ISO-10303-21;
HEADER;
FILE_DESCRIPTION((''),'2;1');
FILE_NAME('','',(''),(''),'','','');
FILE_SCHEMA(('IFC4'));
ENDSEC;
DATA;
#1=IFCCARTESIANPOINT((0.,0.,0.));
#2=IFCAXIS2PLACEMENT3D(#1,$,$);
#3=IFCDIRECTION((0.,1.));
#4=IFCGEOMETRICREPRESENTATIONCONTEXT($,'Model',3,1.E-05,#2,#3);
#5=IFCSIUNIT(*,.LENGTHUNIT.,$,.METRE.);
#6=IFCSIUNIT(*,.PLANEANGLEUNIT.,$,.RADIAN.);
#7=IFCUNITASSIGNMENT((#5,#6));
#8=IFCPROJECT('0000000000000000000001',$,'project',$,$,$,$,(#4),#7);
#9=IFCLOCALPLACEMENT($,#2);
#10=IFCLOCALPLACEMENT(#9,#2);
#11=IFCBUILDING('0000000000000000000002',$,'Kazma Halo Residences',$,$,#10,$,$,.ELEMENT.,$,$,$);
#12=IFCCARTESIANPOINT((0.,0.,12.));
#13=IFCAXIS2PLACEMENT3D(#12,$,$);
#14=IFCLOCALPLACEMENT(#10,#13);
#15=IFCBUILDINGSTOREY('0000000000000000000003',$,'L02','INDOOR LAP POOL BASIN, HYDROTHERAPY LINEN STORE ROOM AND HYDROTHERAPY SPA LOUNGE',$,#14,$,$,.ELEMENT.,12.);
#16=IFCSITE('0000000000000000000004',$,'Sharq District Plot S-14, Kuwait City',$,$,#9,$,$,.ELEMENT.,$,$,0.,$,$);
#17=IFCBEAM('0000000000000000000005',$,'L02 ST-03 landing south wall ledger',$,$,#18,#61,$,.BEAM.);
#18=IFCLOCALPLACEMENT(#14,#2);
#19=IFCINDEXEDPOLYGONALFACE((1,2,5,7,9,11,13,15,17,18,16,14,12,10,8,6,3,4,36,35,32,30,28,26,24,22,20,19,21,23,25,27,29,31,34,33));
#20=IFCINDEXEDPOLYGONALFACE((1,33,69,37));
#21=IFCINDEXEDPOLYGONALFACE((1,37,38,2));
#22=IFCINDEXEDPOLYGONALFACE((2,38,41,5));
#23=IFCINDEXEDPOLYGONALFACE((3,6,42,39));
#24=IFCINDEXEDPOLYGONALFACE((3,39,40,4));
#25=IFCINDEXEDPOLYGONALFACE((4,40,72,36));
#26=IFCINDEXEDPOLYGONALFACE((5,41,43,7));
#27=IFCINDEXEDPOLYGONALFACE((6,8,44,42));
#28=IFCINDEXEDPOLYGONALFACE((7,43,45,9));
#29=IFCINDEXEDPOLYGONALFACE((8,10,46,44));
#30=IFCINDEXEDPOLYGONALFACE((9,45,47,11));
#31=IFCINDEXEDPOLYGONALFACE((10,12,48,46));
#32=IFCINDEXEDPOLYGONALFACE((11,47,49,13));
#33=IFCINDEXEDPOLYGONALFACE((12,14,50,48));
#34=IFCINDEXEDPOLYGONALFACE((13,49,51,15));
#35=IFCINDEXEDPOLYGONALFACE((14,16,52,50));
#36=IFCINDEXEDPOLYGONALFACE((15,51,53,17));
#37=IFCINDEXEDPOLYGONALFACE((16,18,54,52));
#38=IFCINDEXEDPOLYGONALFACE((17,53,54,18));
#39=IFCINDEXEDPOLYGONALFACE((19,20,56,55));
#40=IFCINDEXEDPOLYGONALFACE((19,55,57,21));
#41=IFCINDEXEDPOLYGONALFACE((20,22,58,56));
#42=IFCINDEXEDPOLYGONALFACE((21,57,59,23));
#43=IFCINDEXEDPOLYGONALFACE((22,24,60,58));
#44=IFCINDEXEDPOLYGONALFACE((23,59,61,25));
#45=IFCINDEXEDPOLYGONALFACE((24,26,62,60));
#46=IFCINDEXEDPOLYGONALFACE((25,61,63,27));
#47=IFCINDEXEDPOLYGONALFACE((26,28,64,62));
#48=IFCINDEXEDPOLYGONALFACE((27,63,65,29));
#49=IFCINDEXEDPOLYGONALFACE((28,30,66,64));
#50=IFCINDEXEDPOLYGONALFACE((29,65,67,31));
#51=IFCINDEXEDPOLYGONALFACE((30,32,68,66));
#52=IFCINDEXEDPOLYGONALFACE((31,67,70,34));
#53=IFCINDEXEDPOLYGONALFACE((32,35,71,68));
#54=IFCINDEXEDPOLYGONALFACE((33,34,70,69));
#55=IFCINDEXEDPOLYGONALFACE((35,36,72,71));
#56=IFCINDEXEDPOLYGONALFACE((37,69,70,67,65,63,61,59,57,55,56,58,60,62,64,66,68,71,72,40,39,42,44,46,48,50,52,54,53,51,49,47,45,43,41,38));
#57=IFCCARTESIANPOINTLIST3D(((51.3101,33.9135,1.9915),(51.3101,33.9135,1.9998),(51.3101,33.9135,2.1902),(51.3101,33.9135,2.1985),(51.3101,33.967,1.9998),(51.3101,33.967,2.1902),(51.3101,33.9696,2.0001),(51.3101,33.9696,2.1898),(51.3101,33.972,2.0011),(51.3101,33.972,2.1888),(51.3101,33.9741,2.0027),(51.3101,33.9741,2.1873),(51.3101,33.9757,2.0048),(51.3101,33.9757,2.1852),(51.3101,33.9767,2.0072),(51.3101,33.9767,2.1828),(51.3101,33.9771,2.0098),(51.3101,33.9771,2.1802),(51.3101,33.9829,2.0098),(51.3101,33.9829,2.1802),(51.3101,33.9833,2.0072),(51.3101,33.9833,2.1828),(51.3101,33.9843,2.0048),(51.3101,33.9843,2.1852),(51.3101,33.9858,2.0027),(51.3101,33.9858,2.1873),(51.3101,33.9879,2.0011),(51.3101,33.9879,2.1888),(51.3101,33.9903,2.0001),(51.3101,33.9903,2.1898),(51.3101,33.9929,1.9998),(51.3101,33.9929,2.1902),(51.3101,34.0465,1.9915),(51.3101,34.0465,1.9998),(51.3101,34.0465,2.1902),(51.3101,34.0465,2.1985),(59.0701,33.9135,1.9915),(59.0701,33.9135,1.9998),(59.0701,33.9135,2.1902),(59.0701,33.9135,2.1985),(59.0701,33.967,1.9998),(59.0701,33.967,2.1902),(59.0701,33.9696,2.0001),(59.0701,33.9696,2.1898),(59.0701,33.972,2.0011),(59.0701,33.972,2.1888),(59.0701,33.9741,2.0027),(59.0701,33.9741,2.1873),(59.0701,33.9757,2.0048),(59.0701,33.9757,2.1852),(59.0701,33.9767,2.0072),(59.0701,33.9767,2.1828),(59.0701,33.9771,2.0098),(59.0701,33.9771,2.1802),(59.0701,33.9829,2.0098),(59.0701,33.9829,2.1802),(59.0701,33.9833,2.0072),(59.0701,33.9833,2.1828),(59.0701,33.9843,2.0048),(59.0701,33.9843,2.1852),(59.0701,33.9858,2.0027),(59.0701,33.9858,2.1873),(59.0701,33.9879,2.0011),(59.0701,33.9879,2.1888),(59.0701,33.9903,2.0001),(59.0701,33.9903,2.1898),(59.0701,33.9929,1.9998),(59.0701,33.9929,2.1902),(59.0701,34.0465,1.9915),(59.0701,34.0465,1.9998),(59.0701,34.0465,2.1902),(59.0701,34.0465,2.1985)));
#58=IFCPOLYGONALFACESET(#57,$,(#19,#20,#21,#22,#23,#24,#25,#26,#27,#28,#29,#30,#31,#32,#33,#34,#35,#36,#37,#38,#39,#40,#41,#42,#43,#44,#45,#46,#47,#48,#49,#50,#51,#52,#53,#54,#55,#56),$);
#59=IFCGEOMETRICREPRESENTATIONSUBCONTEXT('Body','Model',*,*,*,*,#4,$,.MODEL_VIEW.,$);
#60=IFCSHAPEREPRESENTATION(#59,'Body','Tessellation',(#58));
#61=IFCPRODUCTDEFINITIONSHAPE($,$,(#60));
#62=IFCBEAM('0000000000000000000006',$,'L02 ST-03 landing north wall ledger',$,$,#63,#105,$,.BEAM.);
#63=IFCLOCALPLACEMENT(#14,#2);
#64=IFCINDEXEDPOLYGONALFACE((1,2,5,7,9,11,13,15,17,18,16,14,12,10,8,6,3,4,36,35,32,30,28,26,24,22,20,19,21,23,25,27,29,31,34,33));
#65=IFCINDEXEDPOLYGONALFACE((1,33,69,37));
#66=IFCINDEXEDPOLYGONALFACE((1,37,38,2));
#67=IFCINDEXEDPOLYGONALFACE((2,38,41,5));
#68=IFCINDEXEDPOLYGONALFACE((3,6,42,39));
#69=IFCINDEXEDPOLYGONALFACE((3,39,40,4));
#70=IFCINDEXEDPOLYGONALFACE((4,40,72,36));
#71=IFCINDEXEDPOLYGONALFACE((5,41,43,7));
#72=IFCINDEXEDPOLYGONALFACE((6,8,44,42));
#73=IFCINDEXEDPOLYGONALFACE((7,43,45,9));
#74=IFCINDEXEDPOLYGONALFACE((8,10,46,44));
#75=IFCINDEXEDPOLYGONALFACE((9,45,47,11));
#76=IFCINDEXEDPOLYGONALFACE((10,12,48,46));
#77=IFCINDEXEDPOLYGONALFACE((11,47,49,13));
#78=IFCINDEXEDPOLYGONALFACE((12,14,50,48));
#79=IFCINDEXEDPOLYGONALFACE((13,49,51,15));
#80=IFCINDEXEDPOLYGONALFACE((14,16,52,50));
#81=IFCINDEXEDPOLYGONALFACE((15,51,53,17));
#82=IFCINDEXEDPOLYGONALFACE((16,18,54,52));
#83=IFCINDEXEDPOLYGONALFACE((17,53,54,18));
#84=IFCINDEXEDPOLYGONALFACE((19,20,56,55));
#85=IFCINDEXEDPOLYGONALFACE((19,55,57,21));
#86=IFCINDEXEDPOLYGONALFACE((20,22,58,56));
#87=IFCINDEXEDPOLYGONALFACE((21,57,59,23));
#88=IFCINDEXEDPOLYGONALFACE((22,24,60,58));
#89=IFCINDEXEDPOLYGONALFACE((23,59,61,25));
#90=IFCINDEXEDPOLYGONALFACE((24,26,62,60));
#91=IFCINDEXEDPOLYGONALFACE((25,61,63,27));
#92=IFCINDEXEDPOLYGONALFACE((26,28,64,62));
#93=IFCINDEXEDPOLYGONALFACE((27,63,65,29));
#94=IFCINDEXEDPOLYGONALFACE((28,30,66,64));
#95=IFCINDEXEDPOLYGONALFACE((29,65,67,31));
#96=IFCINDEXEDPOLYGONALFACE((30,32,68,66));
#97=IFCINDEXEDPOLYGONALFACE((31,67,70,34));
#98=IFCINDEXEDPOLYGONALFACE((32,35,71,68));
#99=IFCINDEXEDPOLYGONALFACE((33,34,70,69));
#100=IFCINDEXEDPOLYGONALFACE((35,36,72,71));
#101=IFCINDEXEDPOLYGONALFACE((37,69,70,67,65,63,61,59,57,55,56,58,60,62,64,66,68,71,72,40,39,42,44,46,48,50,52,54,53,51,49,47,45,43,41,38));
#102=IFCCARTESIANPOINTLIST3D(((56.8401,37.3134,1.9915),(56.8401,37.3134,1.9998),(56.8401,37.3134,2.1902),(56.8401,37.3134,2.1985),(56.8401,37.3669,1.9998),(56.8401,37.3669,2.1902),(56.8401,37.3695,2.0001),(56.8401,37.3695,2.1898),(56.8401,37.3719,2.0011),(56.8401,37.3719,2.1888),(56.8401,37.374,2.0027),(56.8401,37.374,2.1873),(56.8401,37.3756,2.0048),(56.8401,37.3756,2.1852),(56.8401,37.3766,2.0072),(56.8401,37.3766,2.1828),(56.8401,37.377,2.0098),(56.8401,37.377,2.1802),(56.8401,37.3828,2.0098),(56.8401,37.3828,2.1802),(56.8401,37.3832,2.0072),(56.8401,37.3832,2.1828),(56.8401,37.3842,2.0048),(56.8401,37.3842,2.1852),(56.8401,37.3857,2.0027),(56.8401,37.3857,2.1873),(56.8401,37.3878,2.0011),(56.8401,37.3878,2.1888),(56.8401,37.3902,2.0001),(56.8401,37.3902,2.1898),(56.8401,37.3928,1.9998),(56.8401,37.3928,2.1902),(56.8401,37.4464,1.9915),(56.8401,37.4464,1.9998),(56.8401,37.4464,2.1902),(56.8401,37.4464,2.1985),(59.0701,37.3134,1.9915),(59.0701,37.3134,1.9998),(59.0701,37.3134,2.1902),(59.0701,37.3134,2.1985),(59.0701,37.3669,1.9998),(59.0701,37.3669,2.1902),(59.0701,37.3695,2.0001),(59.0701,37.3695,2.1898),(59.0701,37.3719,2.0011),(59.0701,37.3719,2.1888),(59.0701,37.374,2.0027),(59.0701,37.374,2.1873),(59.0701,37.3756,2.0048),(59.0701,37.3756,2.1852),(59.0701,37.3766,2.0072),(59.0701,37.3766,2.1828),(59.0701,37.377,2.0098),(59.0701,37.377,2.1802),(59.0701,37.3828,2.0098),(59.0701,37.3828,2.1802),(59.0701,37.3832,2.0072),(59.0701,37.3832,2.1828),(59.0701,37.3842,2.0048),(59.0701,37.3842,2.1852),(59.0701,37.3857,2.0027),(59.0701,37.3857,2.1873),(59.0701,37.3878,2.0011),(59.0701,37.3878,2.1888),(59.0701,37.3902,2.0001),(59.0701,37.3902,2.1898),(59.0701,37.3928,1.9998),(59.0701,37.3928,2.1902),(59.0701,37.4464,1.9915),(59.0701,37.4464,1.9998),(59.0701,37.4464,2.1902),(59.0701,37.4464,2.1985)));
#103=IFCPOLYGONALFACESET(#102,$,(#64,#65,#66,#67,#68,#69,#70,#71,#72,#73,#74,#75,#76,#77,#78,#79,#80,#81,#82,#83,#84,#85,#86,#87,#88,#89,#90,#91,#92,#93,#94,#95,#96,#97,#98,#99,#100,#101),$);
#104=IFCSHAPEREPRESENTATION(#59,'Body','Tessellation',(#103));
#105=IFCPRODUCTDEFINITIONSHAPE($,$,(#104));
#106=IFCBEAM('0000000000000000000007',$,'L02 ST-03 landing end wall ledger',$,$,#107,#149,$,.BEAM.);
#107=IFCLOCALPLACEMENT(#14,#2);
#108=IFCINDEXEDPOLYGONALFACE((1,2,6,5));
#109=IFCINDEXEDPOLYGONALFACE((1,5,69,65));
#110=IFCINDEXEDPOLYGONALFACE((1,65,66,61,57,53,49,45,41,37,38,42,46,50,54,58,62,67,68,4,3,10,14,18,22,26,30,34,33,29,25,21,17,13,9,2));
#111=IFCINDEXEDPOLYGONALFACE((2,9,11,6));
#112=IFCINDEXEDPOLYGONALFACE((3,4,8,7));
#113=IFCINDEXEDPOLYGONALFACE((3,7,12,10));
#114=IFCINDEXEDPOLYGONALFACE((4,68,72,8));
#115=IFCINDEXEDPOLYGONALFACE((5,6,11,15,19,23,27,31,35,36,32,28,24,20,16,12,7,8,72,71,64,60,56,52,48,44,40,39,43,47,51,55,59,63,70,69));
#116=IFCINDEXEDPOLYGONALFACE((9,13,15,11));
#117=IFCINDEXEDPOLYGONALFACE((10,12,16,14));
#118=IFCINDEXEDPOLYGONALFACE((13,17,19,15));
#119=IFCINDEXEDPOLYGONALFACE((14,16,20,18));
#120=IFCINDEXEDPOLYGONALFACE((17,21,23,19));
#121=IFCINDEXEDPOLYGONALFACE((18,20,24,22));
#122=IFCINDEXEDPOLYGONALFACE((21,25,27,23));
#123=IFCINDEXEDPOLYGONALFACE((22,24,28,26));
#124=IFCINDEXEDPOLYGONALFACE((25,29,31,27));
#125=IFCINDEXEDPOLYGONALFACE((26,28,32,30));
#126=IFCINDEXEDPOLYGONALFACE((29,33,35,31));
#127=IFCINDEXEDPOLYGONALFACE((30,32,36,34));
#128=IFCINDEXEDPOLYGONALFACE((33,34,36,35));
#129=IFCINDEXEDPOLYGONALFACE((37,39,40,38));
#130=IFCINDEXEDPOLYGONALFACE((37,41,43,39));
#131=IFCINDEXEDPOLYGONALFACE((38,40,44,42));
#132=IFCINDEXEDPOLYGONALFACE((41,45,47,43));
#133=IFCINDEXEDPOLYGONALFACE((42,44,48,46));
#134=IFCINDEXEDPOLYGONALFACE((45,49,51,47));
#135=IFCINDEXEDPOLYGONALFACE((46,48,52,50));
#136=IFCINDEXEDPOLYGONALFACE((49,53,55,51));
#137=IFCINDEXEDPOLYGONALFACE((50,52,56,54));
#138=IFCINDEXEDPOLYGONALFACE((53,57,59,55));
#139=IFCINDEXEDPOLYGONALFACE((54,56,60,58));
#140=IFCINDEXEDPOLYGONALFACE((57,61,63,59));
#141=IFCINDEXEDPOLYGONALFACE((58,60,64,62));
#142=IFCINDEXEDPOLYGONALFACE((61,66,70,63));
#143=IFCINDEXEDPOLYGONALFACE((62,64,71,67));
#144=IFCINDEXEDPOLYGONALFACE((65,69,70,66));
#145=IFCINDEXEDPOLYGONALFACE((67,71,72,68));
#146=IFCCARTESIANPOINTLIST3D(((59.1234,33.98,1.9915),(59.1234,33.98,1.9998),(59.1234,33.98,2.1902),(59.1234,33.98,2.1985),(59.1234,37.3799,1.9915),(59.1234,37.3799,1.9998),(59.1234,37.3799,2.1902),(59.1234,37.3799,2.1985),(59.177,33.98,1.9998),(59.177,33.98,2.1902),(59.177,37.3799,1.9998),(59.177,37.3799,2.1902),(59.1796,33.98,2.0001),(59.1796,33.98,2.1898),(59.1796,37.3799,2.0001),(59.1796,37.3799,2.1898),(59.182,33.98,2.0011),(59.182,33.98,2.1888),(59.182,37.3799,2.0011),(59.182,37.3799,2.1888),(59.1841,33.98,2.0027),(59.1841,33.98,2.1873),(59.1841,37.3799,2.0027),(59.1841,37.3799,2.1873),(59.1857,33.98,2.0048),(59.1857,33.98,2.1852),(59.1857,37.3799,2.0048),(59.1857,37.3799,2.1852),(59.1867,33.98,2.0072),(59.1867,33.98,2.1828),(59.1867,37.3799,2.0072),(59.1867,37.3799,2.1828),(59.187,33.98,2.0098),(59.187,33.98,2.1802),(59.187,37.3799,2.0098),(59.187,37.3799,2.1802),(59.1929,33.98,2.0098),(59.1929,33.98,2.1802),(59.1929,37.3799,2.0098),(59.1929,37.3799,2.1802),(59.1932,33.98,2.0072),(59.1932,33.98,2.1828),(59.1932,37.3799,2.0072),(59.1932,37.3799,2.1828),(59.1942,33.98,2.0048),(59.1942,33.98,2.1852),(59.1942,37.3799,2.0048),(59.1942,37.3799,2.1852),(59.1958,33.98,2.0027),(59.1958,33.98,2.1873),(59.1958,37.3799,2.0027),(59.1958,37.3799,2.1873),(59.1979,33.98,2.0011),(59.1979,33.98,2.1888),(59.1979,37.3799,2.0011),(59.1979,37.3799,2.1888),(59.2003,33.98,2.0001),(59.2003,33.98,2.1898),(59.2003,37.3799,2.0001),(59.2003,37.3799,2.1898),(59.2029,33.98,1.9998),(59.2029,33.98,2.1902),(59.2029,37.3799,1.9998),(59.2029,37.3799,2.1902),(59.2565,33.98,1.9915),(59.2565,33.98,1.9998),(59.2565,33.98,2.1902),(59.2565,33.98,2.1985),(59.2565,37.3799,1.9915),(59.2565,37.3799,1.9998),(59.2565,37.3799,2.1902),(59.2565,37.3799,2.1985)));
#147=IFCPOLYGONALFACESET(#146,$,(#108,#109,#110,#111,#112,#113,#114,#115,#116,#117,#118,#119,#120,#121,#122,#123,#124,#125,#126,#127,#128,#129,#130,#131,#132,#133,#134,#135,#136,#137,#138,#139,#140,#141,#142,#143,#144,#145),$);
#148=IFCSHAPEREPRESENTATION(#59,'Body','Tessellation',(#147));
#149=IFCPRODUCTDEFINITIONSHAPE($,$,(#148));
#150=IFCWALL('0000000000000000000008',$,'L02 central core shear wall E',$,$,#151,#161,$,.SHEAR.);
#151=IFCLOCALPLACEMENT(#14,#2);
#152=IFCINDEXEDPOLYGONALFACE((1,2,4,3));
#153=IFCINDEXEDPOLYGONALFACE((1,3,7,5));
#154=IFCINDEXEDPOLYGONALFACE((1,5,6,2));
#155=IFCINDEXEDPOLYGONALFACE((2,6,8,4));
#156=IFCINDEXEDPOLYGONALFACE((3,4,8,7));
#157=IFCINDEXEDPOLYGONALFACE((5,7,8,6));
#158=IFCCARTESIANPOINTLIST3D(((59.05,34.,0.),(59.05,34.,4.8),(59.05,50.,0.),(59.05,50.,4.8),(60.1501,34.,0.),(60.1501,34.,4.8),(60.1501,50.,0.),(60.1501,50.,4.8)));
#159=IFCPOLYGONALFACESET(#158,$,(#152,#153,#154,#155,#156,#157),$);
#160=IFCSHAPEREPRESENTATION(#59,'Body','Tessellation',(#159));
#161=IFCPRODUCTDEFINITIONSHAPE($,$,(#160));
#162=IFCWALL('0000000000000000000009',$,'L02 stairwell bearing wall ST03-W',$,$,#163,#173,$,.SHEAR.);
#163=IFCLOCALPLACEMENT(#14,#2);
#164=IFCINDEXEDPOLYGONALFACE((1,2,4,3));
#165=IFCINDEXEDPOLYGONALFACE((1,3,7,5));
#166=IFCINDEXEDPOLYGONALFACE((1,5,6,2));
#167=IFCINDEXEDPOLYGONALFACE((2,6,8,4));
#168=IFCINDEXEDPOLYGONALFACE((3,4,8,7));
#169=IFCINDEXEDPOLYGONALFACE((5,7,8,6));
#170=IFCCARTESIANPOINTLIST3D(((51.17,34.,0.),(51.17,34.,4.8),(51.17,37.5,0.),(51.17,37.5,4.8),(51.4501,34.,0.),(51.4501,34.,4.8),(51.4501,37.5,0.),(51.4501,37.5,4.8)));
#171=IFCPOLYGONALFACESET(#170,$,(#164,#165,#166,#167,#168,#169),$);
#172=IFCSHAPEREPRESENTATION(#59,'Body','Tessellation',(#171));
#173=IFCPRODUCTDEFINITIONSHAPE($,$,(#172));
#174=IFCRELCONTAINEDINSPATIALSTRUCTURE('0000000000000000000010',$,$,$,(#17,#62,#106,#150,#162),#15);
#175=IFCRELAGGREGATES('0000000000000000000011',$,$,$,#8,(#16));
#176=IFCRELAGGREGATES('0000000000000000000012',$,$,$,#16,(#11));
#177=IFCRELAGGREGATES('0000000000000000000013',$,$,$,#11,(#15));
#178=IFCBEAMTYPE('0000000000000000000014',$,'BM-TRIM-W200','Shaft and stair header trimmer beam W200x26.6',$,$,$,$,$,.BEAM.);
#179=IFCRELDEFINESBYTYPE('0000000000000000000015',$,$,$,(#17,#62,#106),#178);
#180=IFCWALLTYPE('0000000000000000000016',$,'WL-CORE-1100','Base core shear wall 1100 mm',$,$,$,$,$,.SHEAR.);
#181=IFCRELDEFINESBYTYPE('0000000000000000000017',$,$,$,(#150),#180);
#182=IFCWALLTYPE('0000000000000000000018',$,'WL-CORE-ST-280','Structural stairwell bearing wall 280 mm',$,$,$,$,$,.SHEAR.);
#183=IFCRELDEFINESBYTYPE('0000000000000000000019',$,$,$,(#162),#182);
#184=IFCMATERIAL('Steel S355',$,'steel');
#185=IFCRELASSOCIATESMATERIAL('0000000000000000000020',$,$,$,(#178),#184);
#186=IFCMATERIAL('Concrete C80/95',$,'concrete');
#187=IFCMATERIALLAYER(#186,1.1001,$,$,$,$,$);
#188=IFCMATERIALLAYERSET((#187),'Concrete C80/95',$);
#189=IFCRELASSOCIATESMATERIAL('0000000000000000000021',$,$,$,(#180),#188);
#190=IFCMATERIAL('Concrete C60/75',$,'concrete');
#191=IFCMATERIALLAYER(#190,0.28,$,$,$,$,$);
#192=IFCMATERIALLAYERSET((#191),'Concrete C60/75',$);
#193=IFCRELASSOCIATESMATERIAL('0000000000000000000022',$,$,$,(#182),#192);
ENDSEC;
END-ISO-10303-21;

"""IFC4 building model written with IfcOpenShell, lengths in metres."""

from ifc_helpers import new_model, si_unit, direction, frame, frame_2d, origin, origin_2d, place, context, subcontext, project, spatial, rectangle, i_section, extrude, material, layer, layer_set, material_profile, profile_set, type_object, element, save


model = new_model("IFC4")

# Units and contexts
model_context = context("Model", 3, precision=1e-05, world=origin(), true_north=direction((0.0, 1.0)))
body_context = subcontext(model_context, "Body", "Model", "MODEL_VIEW")
ifc_project = project(units=[si_unit("LENGTHUNIT", "METRE"), si_unit("PLANEANGLEUNIT", "RADIAN")], contexts=[model_context])

# Site, building, storey
site_placement = place(None, origin())
site = spatial("IfcSite", under=ifc_project, at=site_placement, Name="Sharq District Plot S-14, Kuwait City", CompositionType="ELEMENT", RefElevation=0.0)
building_placement = place(site_placement, origin())
building = spatial("IfcBuilding", under=site, at=building_placement, Name="Kazma Halo Residences", CompositionType="ELEMENT")
storey_placement = place(building_placement, frame((0.0, 0.0, 12.0)))
storey = spatial("IfcBuildingStorey", under=building, at=storey_placement, Name="L02", Description="INDOOR LAP POOL BASIN, HYDROTHERAPY LINEN STORE ROOM AND HYDROTHERAPY SPA LOUNGE", CompositionType="ELEMENT", Elevation=12.0)

# Shared definitions
ifc_material_1 = material(Name="Steel S355", Category="steel")

# Beams
ifc_material_profile_1 = material_profile(ifc_material_1, i_section(OverallWidth=0.1331, OverallDepth=0.207, WebThickness=0.0059, FlangeThickness=0.0083, FilletRadius=0.01, at=origin_2d()), Name="W200x26.6")
ifc_profile_set_1 = profile_set([ifc_material_profile_1], Name="Steel S355")
beam_type_1 = type_object("IfcBeamType", Name="BM-TRIM-W200", Description="Shaft and stair header trimmer beam W200x26.6", PredefinedType="BEAM", material=ifc_profile_set_1)
beam_1_placement = place(storey_placement, frame((51.3101, 33.98, 2.095), z_axis=(1.0, 0.0, 0.0), x_axis=(0.0, 1.0, 0.0)))
element("IfcBeam", 1, at=beam_1_placement, inside=storey, type_object=beam_type_1, Name="L02 ST-03 landing south wall ledger", PredefinedType="BEAM", context=body_context, shape_type="SweptSolid", body=[
    extrude(i_section(OverallWidth=0.1331, OverallDepth=0.207, WebThickness=0.0059, FlangeThickness=0.0083, FilletRadius=0.01, at=origin_2d()), origin(), (0.0, 0.0, 1.0), 7.76),
])
beam_2_placement = place(storey_placement, frame((56.8401, 37.3799, 2.095), z_axis=(1.0, 0.0, 0.0), x_axis=(0.0, 1.0, 0.0)))
element("IfcBeam", 2, at=beam_2_placement, inside=storey, type_object=beam_type_1, Name="L02 ST-03 landing north wall ledger", PredefinedType="BEAM", context=body_context, shape_type="SweptSolid", body=[
    extrude(i_section(OverallWidth=0.1331, OverallDepth=0.207, WebThickness=0.0059, FlangeThickness=0.0083, FilletRadius=0.01, at=origin_2d()), origin(), (0.0, 0.0, 1.0), 2.23),
])
beam_3_placement = place(storey_placement, frame((59.1899, 33.98, 2.095), z_axis=(0.0, 1.0, 0.0), x_axis=(-1.0, 0.0, 0.0)))
element("IfcBeam", 3, at=beam_3_placement, inside=storey, type_object=beam_type_1, Name="L02 ST-03 landing end wall ledger", PredefinedType="BEAM", context=body_context, shape_type="SweptSolid", body=[
    extrude(i_section(OverallWidth=0.1331, OverallDepth=0.207, WebThickness=0.0059, FlangeThickness=0.0083, FilletRadius=0.01, at=origin_2d()), origin(), (0.0, 0.0, 1.0), 3.3999),
])

# Walls
ifc_material_2 = material(Name="Concrete C80/95", Category="concrete")
ifc_layer_1 = layer(ifc_material_2, 1.1001)
ifc_layer_set_1 = layer_set([ifc_layer_1], Name="Concrete C80/95")
wall_type_1 = type_object("IfcWallType", Name="WL-CORE-1100", Description="Base core shear wall 1100 mm", PredefinedType="SHEAR", material=ifc_layer_set_1)
wall_1_placement = place(storey_placement, frame((59.6001, 34.0, 0.0), z_axis=(0.0, 0.0, 1.0), x_axis=(0.0, 1.0, 0.0)))
element("IfcWall", 4, at=wall_1_placement, inside=storey, type_object=wall_type_1, Name="L02 central core shear wall E", PredefinedType="SHEAR", context=body_context, shape_type="SweptSolid", body=[
    extrude(rectangle(XDim=16.0, YDim=1.1001, at=frame_2d((8.0, 0.0))), origin(), (0.0, 0.0, 1.0), 4.8),
])
ifc_material_3 = material(Name="Concrete C60/75", Category="concrete")
ifc_layer_2 = layer(ifc_material_3, 0.28)
ifc_layer_set_2 = layer_set([ifc_layer_2], Name="Concrete C60/75")
wall_type_2 = type_object("IfcWallType", Name="WL-CORE-ST-280", Description="Structural stairwell bearing wall 280 mm", PredefinedType="SHEAR", material=ifc_layer_set_2)
wall_2_placement = place(storey_placement, frame((51.3101, 34.0, 0.0), z_axis=(0.0, 0.0, 1.0), x_axis=(0.0, 1.0, 0.0)))
element("IfcWall", 5, at=wall_2_placement, inside=storey, type_object=wall_type_2, Name="L02 stairwell bearing wall ST03-W", PredefinedType="SHEAR", context=body_context, shape_type="SweptSolid", body=[
    extrude(rectangle(XDim=3.5, YDim=0.28, at=frame_2d((1.75, 0.0))), origin(), (0.0, 0.0, 1.0), 4.8),
])

save(model, "model.ifc")
